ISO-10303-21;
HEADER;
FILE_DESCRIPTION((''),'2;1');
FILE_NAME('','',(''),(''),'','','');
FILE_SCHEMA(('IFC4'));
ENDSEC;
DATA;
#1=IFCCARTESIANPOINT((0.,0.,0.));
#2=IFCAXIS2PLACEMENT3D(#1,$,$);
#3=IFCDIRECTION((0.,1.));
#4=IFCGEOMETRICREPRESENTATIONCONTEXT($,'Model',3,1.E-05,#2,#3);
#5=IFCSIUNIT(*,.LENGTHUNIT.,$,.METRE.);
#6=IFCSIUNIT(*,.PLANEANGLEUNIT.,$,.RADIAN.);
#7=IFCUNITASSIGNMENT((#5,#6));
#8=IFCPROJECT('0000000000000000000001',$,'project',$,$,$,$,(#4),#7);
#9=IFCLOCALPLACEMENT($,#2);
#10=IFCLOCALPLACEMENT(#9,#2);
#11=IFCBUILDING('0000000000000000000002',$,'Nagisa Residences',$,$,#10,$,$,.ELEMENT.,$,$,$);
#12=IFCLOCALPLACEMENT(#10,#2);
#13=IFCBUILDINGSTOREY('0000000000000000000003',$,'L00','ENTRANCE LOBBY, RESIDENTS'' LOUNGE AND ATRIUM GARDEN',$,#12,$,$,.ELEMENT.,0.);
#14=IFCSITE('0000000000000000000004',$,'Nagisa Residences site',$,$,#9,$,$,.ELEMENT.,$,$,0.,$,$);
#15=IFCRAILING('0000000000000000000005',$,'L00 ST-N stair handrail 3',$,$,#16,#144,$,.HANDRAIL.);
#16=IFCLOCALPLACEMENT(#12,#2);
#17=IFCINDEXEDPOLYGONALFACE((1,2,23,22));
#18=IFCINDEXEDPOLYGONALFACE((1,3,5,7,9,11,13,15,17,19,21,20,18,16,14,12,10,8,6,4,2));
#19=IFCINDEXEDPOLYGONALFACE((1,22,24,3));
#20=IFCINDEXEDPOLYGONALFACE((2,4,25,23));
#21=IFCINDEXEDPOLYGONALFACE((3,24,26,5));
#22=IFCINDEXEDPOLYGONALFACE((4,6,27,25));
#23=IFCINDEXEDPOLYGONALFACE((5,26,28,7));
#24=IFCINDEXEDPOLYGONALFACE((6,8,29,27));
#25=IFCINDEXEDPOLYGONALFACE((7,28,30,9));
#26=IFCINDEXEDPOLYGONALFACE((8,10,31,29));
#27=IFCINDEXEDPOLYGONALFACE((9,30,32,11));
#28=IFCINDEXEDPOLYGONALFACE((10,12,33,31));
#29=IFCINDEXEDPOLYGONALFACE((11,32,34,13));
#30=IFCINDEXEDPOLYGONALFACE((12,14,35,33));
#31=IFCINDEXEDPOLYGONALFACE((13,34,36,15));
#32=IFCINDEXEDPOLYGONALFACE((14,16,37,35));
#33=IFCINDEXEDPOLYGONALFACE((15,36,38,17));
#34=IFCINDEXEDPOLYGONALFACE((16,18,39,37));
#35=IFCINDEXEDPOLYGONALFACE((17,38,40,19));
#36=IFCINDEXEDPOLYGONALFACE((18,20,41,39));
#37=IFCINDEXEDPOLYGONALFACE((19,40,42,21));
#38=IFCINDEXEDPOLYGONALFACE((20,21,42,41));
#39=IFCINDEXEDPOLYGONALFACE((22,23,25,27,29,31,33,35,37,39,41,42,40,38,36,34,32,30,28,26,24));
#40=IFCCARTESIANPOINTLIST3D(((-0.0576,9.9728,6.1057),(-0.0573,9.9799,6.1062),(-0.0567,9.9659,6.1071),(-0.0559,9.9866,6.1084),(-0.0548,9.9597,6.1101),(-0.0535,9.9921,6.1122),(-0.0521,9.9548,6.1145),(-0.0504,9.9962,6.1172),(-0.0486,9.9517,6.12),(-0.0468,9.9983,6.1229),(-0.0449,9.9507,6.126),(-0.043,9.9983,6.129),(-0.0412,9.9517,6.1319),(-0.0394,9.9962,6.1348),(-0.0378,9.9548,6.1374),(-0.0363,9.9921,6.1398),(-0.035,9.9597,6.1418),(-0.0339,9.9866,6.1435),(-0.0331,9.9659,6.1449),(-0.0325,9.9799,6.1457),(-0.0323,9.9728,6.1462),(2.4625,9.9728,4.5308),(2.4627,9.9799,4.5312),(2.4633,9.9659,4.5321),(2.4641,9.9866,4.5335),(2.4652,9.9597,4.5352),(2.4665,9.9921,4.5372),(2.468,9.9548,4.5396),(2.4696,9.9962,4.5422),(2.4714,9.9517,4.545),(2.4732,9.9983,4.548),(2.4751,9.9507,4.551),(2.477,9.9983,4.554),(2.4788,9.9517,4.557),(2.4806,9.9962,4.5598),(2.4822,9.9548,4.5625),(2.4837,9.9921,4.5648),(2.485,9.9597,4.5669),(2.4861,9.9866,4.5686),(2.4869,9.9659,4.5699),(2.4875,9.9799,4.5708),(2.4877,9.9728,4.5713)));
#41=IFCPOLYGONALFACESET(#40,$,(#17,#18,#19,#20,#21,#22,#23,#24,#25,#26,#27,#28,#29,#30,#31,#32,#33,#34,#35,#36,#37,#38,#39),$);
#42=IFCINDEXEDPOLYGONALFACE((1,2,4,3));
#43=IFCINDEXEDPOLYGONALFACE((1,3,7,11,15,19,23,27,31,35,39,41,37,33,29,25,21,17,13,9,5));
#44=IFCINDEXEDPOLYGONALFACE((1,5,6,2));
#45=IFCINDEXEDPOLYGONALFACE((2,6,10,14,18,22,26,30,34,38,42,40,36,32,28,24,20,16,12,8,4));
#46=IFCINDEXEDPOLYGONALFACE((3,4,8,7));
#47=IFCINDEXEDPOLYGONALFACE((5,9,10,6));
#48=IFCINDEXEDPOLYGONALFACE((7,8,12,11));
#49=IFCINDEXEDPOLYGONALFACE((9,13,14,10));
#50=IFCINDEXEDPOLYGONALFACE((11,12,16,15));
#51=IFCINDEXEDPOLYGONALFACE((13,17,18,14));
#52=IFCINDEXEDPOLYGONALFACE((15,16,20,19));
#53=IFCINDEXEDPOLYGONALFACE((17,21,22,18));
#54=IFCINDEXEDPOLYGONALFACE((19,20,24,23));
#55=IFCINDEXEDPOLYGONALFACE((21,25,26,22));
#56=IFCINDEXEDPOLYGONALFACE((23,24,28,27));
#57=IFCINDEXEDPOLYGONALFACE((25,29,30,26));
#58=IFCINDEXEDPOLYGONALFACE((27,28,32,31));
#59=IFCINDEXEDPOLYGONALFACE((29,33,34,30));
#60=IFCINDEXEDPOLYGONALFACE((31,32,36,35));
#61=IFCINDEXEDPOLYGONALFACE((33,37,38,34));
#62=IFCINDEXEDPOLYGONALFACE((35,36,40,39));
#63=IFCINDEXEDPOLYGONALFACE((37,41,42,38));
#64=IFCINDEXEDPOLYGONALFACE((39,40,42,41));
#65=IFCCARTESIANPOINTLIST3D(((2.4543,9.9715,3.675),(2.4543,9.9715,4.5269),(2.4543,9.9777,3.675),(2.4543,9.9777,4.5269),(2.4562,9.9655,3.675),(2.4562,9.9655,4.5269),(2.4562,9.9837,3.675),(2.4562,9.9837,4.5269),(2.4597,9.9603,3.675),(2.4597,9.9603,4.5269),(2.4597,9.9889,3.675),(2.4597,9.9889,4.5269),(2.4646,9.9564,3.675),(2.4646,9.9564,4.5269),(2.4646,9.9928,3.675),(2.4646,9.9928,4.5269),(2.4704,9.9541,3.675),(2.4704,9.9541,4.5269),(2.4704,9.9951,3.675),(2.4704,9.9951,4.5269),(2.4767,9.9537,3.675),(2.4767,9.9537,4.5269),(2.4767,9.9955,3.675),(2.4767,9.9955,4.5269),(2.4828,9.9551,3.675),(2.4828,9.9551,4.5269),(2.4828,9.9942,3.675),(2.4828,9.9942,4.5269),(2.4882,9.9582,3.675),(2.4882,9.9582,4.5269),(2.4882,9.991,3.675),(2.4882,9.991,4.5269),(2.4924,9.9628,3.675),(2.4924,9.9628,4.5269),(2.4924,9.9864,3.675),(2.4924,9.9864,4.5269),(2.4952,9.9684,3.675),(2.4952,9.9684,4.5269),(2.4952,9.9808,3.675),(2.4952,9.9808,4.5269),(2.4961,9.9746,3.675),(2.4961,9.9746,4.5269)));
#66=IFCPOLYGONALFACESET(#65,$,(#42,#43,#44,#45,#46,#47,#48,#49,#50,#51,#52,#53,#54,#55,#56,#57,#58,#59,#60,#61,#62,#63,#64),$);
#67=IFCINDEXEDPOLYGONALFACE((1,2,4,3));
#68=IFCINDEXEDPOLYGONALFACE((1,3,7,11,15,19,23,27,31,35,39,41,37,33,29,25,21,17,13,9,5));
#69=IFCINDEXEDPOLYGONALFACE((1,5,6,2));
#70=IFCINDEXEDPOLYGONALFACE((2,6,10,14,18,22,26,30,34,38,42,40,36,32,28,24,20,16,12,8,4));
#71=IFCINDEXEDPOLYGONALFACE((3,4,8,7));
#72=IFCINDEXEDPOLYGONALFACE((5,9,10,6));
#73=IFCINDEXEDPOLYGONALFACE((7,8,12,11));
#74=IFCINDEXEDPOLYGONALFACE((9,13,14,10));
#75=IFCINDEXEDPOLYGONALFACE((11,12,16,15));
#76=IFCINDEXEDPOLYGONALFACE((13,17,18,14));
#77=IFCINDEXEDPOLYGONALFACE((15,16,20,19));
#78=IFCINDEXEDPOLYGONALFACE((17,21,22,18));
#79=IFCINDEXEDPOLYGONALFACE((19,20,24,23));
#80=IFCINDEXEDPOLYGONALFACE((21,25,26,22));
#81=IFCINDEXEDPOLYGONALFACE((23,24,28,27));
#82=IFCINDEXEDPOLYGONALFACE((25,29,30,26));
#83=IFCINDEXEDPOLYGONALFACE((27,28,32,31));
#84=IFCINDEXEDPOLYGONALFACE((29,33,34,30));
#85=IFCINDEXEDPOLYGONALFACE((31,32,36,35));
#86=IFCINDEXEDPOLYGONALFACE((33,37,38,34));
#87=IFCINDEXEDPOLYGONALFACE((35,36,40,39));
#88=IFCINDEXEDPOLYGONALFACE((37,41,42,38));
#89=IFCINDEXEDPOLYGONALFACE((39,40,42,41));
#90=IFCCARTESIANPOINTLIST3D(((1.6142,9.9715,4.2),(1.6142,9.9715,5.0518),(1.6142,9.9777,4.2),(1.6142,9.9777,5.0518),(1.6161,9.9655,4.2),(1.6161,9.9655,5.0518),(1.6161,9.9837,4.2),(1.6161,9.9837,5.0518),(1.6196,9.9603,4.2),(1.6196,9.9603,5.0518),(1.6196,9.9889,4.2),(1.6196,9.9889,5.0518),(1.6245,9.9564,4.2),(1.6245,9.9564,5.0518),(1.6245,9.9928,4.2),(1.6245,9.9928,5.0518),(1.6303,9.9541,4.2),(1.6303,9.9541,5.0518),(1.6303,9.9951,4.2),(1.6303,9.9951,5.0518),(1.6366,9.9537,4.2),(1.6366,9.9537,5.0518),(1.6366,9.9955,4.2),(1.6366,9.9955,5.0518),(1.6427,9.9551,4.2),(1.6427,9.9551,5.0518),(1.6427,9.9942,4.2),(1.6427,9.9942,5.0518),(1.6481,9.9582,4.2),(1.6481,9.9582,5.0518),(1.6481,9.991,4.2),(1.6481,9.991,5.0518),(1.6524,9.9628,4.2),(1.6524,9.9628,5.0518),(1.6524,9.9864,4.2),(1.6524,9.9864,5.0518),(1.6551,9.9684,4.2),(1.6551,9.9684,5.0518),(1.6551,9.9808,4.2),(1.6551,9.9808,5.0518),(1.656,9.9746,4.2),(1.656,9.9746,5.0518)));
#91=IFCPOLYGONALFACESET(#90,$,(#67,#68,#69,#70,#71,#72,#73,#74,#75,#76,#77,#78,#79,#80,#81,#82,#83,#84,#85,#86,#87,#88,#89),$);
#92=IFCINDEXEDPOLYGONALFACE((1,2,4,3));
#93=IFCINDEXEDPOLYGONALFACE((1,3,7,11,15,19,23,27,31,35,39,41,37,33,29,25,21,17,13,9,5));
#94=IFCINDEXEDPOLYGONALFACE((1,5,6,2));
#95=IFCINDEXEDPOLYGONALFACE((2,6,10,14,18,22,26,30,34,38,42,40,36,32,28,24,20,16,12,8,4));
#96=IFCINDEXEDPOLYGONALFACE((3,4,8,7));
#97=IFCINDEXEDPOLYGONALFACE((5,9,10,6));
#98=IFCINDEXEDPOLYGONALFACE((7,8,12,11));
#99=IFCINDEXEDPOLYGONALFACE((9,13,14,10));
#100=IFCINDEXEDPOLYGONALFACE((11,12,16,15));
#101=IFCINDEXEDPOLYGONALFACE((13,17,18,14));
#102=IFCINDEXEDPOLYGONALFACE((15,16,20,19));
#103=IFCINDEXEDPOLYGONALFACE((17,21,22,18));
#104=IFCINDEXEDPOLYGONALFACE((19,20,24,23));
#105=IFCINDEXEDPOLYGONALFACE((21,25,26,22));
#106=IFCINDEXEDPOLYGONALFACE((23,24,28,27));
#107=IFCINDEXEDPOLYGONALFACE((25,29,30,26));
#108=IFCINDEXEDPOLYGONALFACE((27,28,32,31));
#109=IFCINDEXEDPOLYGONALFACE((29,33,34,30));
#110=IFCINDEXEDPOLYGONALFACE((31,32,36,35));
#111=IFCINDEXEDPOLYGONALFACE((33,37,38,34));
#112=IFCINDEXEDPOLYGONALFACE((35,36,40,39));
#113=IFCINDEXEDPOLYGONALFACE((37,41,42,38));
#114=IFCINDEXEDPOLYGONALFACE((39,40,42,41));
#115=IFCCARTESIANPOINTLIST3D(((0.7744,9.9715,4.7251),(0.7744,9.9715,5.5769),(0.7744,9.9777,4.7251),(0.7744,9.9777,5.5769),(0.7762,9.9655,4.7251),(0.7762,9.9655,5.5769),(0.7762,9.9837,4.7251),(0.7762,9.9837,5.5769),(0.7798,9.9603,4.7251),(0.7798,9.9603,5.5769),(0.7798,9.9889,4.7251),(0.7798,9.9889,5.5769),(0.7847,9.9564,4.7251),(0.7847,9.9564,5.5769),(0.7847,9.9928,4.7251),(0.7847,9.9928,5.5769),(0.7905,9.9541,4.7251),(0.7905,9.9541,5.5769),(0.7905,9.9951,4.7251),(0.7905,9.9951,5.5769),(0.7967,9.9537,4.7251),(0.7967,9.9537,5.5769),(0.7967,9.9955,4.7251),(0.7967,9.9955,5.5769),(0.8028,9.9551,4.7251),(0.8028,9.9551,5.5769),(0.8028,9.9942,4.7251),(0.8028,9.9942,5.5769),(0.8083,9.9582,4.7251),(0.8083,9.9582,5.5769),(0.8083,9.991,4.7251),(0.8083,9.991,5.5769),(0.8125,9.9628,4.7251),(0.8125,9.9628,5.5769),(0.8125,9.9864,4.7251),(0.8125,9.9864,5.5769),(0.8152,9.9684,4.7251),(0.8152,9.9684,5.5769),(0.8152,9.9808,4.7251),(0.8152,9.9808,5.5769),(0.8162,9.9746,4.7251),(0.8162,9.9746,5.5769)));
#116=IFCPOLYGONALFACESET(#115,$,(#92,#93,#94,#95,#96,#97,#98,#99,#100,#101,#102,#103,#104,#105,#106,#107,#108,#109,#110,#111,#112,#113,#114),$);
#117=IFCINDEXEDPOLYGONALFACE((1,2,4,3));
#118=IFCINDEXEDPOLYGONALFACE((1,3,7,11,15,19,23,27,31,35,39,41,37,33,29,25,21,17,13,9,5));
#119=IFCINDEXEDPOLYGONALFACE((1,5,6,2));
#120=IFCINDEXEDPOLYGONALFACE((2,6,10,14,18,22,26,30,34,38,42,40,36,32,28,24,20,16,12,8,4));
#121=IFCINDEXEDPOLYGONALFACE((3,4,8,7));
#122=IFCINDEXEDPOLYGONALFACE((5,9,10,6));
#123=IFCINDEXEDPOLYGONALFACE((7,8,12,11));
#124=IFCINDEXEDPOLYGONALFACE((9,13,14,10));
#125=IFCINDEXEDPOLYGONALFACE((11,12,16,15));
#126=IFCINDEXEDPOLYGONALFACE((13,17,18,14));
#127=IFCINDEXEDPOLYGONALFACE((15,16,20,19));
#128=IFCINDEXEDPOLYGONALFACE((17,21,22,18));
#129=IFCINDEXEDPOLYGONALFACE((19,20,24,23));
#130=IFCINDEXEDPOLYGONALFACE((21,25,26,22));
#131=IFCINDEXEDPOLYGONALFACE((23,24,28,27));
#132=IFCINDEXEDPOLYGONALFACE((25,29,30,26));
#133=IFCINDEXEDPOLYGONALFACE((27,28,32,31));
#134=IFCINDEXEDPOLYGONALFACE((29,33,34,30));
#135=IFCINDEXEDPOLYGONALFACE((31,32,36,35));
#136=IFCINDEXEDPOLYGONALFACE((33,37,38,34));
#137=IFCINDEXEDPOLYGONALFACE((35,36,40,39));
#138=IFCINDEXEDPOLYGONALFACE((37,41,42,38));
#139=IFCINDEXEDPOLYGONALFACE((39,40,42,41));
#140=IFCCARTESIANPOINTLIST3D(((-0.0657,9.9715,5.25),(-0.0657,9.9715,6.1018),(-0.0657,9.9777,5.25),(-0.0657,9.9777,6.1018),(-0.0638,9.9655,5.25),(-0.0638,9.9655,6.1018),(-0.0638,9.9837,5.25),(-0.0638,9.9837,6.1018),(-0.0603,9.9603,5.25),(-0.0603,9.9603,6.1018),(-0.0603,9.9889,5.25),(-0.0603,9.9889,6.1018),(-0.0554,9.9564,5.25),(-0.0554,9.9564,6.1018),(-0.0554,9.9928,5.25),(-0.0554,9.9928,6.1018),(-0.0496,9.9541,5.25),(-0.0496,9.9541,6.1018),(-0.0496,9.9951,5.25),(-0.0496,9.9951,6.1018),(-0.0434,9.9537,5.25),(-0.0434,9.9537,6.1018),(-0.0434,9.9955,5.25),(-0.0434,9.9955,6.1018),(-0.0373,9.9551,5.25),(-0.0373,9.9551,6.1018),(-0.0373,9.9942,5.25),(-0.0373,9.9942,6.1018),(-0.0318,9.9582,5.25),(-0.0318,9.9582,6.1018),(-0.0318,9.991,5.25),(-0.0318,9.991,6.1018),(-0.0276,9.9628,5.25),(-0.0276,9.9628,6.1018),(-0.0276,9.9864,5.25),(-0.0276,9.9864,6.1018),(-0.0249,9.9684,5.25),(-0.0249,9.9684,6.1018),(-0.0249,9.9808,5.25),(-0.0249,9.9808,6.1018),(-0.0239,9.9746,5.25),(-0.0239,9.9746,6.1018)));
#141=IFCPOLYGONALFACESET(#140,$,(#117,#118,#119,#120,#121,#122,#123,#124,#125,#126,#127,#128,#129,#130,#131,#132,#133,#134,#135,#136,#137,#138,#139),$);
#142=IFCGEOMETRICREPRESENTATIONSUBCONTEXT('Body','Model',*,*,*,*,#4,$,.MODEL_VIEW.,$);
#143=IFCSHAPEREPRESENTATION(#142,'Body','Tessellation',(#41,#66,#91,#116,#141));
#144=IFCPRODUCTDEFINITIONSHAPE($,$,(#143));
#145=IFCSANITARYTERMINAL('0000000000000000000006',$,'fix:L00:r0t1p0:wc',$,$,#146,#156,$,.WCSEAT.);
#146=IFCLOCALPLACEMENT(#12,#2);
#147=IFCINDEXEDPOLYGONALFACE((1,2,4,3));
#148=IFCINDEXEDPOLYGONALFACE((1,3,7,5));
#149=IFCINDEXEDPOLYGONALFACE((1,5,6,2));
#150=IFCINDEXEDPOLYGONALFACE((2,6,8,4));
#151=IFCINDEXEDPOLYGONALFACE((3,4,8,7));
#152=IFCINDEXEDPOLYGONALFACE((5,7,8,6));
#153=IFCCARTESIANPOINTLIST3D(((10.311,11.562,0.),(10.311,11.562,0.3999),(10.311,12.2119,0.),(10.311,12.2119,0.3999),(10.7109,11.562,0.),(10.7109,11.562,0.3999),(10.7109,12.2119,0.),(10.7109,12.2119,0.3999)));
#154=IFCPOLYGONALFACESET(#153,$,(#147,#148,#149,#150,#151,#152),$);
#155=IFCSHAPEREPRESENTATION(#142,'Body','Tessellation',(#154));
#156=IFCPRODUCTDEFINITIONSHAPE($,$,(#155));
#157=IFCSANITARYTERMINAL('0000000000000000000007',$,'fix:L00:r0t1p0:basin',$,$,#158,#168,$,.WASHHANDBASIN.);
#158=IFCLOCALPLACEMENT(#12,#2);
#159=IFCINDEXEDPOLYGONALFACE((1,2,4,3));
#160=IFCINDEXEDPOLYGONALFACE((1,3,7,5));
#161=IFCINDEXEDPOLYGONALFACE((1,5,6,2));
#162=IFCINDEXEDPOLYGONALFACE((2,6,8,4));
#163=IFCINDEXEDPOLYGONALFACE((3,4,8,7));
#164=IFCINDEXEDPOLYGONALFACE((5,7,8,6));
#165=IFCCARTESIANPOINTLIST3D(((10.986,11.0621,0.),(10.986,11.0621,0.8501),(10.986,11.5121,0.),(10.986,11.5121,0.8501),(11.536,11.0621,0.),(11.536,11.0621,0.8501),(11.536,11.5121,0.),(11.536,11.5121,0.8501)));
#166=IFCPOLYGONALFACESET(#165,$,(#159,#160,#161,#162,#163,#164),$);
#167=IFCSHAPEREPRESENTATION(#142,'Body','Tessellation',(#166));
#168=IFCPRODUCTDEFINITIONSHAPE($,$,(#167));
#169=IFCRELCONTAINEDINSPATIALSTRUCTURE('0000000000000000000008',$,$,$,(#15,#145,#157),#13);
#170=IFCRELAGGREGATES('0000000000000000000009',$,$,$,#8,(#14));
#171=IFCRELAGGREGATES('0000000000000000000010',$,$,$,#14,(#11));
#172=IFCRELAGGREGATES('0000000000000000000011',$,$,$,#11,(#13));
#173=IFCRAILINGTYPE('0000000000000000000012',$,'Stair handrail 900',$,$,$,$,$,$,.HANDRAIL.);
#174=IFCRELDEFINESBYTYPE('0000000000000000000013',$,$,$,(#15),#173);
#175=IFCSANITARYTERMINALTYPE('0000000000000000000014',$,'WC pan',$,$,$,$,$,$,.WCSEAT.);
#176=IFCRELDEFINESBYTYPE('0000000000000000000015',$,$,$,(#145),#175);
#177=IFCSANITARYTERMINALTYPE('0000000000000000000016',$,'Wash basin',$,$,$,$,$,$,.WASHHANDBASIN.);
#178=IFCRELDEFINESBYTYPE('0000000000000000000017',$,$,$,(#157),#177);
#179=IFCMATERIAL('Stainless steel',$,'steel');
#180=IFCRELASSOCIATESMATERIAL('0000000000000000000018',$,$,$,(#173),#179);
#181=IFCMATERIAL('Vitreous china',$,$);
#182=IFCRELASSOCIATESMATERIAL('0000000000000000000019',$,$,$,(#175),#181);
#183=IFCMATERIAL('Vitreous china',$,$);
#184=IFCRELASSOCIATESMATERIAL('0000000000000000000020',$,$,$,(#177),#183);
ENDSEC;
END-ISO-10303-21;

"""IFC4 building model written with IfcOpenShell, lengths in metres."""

from ifc_helpers import new_model, si_unit, direction, frame, origin, origin_2d, place, context, subcontext, project, spatial, rectangle, circle, extrude, material, type_object, element, save


model = new_model("IFC4")

# Units and contexts
model_context = context("Model", 3, precision=1e-05, world=origin(), true_north=direction((0.0, 1.0)))
body_context = subcontext(model_context, "Body", "Model", "MODEL_VIEW")
ifc_project = project(units=[si_unit("LENGTHUNIT", "METRE"), si_unit("PLANEANGLEUNIT", "RADIAN")], contexts=[model_context])

# Site, building, storey
site_placement = place(None, origin())
site = spatial("IfcSite", under=ifc_project, at=site_placement, Name="Nagisa Residences site", CompositionType="ELEMENT", RefElevation=0.0)
building_placement = place(site_placement, origin())
building = spatial("IfcBuilding", under=site, at=building_placement, Name="Nagisa Residences", CompositionType="ELEMENT")
storey_placement = place(building_placement, origin())
storey = spatial("IfcBuildingStorey", under=building, at=storey_placement, Name="L00", Description="ENTRANCE LOBBY, RESIDENTS' LOUNGE AND ATRIUM GARDEN", CompositionType="ELEMENT", Elevation=0.0)

# Railing
ifc_material_1 = material(Name="Stainless steel", Category="steel")
railing_type_1 = type_object("IfcRailingType", Name="Stair handrail 900", PredefinedType="HANDRAIL", material=ifc_material_1)
for number, where, name in (
    (1, (2.4751, 9.9746, 3.675), "L00 ST-N stair handrail 3"),
):
    element("IfcRailing", number, at=place(storey_placement, frame(where)), inside=storey, type_object=railing_type_1, Name=name, PredefinedType="HANDRAIL", context=body_context, shape_type="SweptSolid", body=[
        extrude(circle(Radius=0.0239, at=origin_2d()), frame((0.0, 0.0, 0.876), z_axis=(-0.848008, 0.0, 0.529984), x_axis=(0.0, -1.0, 0.0)), (0.0, 0.0, 1.0), 2.9717),
        extrude(circle(Radius=0.021, at=origin_2d()), origin(), (0.0, 0.0, 1.0), 0.8518),
        extrude(circle(Radius=0.021, at=origin_2d()), frame((-0.8401, 0.0, 0.5249)), (0.0, 0.0, 1.0), 0.8518),
        extrude(circle(Radius=0.021, at=origin_2d()), frame((-1.6799, 0.0, 1.05)), (0.0, 0.0, 1.0), 0.8518),
        extrude(circle(Radius=0.021, at=origin_2d()), frame((-2.52, 0.0, 1.575)), (0.0, 0.0, 1.0), 0.8518),
    ])

# Sanitary terminals
ifc_material_2 = material(Name="Vitreous china")
sanitary_terminal_type_1 = type_object("IfcSanitaryTerminalType", Name="WC pan", PredefinedType="WCSEAT", material=ifc_material_2)
sanitary_terminal_1_placement = place(storey_placement, frame((10.511, 11.887, 0.0), z_axis=(0.0, 0.0, 1.0), x_axis=(1.0, 0.0, 0.0)))
element("IfcSanitaryTerminal", 2, at=sanitary_terminal_1_placement, inside=storey, type_object=sanitary_terminal_type_1, Name="fix:L00:r0t1p0:wc", PredefinedType="WCSEAT", context=body_context, shape_type="SweptSolid", body=[
    extrude(rectangle(XDim=0.3999, YDim=0.6499, at=origin_2d()), origin(), (0.0, 0.0, 1.0), 0.3999),
])
ifc_material_3 = material(Name="Vitreous china")
sanitary_terminal_type_2 = type_object("IfcSanitaryTerminalType", Name="Wash basin", PredefinedType="WASHHANDBASIN", material=ifc_material_3)
sanitary_terminal_2_placement = place(storey_placement, frame((11.261, 11.2871, 0.0), z_axis=(0.0, 0.0, 1.0), x_axis=(1.0, 0.0, 0.0)))
element("IfcSanitaryTerminal", 3, at=sanitary_terminal_2_placement, inside=storey, type_object=sanitary_terminal_type_2, Name="fix:L00:r0t1p0:basin", PredefinedType="WASHHANDBASIN", context=body_context, shape_type="SweptSolid", body=[
    extrude(rectangle(XDim=0.55, YDim=0.45, at=origin_2d()), origin(), (0.0, 0.0, 1.0), 0.8501),
])

save(model, "model.ifc")
